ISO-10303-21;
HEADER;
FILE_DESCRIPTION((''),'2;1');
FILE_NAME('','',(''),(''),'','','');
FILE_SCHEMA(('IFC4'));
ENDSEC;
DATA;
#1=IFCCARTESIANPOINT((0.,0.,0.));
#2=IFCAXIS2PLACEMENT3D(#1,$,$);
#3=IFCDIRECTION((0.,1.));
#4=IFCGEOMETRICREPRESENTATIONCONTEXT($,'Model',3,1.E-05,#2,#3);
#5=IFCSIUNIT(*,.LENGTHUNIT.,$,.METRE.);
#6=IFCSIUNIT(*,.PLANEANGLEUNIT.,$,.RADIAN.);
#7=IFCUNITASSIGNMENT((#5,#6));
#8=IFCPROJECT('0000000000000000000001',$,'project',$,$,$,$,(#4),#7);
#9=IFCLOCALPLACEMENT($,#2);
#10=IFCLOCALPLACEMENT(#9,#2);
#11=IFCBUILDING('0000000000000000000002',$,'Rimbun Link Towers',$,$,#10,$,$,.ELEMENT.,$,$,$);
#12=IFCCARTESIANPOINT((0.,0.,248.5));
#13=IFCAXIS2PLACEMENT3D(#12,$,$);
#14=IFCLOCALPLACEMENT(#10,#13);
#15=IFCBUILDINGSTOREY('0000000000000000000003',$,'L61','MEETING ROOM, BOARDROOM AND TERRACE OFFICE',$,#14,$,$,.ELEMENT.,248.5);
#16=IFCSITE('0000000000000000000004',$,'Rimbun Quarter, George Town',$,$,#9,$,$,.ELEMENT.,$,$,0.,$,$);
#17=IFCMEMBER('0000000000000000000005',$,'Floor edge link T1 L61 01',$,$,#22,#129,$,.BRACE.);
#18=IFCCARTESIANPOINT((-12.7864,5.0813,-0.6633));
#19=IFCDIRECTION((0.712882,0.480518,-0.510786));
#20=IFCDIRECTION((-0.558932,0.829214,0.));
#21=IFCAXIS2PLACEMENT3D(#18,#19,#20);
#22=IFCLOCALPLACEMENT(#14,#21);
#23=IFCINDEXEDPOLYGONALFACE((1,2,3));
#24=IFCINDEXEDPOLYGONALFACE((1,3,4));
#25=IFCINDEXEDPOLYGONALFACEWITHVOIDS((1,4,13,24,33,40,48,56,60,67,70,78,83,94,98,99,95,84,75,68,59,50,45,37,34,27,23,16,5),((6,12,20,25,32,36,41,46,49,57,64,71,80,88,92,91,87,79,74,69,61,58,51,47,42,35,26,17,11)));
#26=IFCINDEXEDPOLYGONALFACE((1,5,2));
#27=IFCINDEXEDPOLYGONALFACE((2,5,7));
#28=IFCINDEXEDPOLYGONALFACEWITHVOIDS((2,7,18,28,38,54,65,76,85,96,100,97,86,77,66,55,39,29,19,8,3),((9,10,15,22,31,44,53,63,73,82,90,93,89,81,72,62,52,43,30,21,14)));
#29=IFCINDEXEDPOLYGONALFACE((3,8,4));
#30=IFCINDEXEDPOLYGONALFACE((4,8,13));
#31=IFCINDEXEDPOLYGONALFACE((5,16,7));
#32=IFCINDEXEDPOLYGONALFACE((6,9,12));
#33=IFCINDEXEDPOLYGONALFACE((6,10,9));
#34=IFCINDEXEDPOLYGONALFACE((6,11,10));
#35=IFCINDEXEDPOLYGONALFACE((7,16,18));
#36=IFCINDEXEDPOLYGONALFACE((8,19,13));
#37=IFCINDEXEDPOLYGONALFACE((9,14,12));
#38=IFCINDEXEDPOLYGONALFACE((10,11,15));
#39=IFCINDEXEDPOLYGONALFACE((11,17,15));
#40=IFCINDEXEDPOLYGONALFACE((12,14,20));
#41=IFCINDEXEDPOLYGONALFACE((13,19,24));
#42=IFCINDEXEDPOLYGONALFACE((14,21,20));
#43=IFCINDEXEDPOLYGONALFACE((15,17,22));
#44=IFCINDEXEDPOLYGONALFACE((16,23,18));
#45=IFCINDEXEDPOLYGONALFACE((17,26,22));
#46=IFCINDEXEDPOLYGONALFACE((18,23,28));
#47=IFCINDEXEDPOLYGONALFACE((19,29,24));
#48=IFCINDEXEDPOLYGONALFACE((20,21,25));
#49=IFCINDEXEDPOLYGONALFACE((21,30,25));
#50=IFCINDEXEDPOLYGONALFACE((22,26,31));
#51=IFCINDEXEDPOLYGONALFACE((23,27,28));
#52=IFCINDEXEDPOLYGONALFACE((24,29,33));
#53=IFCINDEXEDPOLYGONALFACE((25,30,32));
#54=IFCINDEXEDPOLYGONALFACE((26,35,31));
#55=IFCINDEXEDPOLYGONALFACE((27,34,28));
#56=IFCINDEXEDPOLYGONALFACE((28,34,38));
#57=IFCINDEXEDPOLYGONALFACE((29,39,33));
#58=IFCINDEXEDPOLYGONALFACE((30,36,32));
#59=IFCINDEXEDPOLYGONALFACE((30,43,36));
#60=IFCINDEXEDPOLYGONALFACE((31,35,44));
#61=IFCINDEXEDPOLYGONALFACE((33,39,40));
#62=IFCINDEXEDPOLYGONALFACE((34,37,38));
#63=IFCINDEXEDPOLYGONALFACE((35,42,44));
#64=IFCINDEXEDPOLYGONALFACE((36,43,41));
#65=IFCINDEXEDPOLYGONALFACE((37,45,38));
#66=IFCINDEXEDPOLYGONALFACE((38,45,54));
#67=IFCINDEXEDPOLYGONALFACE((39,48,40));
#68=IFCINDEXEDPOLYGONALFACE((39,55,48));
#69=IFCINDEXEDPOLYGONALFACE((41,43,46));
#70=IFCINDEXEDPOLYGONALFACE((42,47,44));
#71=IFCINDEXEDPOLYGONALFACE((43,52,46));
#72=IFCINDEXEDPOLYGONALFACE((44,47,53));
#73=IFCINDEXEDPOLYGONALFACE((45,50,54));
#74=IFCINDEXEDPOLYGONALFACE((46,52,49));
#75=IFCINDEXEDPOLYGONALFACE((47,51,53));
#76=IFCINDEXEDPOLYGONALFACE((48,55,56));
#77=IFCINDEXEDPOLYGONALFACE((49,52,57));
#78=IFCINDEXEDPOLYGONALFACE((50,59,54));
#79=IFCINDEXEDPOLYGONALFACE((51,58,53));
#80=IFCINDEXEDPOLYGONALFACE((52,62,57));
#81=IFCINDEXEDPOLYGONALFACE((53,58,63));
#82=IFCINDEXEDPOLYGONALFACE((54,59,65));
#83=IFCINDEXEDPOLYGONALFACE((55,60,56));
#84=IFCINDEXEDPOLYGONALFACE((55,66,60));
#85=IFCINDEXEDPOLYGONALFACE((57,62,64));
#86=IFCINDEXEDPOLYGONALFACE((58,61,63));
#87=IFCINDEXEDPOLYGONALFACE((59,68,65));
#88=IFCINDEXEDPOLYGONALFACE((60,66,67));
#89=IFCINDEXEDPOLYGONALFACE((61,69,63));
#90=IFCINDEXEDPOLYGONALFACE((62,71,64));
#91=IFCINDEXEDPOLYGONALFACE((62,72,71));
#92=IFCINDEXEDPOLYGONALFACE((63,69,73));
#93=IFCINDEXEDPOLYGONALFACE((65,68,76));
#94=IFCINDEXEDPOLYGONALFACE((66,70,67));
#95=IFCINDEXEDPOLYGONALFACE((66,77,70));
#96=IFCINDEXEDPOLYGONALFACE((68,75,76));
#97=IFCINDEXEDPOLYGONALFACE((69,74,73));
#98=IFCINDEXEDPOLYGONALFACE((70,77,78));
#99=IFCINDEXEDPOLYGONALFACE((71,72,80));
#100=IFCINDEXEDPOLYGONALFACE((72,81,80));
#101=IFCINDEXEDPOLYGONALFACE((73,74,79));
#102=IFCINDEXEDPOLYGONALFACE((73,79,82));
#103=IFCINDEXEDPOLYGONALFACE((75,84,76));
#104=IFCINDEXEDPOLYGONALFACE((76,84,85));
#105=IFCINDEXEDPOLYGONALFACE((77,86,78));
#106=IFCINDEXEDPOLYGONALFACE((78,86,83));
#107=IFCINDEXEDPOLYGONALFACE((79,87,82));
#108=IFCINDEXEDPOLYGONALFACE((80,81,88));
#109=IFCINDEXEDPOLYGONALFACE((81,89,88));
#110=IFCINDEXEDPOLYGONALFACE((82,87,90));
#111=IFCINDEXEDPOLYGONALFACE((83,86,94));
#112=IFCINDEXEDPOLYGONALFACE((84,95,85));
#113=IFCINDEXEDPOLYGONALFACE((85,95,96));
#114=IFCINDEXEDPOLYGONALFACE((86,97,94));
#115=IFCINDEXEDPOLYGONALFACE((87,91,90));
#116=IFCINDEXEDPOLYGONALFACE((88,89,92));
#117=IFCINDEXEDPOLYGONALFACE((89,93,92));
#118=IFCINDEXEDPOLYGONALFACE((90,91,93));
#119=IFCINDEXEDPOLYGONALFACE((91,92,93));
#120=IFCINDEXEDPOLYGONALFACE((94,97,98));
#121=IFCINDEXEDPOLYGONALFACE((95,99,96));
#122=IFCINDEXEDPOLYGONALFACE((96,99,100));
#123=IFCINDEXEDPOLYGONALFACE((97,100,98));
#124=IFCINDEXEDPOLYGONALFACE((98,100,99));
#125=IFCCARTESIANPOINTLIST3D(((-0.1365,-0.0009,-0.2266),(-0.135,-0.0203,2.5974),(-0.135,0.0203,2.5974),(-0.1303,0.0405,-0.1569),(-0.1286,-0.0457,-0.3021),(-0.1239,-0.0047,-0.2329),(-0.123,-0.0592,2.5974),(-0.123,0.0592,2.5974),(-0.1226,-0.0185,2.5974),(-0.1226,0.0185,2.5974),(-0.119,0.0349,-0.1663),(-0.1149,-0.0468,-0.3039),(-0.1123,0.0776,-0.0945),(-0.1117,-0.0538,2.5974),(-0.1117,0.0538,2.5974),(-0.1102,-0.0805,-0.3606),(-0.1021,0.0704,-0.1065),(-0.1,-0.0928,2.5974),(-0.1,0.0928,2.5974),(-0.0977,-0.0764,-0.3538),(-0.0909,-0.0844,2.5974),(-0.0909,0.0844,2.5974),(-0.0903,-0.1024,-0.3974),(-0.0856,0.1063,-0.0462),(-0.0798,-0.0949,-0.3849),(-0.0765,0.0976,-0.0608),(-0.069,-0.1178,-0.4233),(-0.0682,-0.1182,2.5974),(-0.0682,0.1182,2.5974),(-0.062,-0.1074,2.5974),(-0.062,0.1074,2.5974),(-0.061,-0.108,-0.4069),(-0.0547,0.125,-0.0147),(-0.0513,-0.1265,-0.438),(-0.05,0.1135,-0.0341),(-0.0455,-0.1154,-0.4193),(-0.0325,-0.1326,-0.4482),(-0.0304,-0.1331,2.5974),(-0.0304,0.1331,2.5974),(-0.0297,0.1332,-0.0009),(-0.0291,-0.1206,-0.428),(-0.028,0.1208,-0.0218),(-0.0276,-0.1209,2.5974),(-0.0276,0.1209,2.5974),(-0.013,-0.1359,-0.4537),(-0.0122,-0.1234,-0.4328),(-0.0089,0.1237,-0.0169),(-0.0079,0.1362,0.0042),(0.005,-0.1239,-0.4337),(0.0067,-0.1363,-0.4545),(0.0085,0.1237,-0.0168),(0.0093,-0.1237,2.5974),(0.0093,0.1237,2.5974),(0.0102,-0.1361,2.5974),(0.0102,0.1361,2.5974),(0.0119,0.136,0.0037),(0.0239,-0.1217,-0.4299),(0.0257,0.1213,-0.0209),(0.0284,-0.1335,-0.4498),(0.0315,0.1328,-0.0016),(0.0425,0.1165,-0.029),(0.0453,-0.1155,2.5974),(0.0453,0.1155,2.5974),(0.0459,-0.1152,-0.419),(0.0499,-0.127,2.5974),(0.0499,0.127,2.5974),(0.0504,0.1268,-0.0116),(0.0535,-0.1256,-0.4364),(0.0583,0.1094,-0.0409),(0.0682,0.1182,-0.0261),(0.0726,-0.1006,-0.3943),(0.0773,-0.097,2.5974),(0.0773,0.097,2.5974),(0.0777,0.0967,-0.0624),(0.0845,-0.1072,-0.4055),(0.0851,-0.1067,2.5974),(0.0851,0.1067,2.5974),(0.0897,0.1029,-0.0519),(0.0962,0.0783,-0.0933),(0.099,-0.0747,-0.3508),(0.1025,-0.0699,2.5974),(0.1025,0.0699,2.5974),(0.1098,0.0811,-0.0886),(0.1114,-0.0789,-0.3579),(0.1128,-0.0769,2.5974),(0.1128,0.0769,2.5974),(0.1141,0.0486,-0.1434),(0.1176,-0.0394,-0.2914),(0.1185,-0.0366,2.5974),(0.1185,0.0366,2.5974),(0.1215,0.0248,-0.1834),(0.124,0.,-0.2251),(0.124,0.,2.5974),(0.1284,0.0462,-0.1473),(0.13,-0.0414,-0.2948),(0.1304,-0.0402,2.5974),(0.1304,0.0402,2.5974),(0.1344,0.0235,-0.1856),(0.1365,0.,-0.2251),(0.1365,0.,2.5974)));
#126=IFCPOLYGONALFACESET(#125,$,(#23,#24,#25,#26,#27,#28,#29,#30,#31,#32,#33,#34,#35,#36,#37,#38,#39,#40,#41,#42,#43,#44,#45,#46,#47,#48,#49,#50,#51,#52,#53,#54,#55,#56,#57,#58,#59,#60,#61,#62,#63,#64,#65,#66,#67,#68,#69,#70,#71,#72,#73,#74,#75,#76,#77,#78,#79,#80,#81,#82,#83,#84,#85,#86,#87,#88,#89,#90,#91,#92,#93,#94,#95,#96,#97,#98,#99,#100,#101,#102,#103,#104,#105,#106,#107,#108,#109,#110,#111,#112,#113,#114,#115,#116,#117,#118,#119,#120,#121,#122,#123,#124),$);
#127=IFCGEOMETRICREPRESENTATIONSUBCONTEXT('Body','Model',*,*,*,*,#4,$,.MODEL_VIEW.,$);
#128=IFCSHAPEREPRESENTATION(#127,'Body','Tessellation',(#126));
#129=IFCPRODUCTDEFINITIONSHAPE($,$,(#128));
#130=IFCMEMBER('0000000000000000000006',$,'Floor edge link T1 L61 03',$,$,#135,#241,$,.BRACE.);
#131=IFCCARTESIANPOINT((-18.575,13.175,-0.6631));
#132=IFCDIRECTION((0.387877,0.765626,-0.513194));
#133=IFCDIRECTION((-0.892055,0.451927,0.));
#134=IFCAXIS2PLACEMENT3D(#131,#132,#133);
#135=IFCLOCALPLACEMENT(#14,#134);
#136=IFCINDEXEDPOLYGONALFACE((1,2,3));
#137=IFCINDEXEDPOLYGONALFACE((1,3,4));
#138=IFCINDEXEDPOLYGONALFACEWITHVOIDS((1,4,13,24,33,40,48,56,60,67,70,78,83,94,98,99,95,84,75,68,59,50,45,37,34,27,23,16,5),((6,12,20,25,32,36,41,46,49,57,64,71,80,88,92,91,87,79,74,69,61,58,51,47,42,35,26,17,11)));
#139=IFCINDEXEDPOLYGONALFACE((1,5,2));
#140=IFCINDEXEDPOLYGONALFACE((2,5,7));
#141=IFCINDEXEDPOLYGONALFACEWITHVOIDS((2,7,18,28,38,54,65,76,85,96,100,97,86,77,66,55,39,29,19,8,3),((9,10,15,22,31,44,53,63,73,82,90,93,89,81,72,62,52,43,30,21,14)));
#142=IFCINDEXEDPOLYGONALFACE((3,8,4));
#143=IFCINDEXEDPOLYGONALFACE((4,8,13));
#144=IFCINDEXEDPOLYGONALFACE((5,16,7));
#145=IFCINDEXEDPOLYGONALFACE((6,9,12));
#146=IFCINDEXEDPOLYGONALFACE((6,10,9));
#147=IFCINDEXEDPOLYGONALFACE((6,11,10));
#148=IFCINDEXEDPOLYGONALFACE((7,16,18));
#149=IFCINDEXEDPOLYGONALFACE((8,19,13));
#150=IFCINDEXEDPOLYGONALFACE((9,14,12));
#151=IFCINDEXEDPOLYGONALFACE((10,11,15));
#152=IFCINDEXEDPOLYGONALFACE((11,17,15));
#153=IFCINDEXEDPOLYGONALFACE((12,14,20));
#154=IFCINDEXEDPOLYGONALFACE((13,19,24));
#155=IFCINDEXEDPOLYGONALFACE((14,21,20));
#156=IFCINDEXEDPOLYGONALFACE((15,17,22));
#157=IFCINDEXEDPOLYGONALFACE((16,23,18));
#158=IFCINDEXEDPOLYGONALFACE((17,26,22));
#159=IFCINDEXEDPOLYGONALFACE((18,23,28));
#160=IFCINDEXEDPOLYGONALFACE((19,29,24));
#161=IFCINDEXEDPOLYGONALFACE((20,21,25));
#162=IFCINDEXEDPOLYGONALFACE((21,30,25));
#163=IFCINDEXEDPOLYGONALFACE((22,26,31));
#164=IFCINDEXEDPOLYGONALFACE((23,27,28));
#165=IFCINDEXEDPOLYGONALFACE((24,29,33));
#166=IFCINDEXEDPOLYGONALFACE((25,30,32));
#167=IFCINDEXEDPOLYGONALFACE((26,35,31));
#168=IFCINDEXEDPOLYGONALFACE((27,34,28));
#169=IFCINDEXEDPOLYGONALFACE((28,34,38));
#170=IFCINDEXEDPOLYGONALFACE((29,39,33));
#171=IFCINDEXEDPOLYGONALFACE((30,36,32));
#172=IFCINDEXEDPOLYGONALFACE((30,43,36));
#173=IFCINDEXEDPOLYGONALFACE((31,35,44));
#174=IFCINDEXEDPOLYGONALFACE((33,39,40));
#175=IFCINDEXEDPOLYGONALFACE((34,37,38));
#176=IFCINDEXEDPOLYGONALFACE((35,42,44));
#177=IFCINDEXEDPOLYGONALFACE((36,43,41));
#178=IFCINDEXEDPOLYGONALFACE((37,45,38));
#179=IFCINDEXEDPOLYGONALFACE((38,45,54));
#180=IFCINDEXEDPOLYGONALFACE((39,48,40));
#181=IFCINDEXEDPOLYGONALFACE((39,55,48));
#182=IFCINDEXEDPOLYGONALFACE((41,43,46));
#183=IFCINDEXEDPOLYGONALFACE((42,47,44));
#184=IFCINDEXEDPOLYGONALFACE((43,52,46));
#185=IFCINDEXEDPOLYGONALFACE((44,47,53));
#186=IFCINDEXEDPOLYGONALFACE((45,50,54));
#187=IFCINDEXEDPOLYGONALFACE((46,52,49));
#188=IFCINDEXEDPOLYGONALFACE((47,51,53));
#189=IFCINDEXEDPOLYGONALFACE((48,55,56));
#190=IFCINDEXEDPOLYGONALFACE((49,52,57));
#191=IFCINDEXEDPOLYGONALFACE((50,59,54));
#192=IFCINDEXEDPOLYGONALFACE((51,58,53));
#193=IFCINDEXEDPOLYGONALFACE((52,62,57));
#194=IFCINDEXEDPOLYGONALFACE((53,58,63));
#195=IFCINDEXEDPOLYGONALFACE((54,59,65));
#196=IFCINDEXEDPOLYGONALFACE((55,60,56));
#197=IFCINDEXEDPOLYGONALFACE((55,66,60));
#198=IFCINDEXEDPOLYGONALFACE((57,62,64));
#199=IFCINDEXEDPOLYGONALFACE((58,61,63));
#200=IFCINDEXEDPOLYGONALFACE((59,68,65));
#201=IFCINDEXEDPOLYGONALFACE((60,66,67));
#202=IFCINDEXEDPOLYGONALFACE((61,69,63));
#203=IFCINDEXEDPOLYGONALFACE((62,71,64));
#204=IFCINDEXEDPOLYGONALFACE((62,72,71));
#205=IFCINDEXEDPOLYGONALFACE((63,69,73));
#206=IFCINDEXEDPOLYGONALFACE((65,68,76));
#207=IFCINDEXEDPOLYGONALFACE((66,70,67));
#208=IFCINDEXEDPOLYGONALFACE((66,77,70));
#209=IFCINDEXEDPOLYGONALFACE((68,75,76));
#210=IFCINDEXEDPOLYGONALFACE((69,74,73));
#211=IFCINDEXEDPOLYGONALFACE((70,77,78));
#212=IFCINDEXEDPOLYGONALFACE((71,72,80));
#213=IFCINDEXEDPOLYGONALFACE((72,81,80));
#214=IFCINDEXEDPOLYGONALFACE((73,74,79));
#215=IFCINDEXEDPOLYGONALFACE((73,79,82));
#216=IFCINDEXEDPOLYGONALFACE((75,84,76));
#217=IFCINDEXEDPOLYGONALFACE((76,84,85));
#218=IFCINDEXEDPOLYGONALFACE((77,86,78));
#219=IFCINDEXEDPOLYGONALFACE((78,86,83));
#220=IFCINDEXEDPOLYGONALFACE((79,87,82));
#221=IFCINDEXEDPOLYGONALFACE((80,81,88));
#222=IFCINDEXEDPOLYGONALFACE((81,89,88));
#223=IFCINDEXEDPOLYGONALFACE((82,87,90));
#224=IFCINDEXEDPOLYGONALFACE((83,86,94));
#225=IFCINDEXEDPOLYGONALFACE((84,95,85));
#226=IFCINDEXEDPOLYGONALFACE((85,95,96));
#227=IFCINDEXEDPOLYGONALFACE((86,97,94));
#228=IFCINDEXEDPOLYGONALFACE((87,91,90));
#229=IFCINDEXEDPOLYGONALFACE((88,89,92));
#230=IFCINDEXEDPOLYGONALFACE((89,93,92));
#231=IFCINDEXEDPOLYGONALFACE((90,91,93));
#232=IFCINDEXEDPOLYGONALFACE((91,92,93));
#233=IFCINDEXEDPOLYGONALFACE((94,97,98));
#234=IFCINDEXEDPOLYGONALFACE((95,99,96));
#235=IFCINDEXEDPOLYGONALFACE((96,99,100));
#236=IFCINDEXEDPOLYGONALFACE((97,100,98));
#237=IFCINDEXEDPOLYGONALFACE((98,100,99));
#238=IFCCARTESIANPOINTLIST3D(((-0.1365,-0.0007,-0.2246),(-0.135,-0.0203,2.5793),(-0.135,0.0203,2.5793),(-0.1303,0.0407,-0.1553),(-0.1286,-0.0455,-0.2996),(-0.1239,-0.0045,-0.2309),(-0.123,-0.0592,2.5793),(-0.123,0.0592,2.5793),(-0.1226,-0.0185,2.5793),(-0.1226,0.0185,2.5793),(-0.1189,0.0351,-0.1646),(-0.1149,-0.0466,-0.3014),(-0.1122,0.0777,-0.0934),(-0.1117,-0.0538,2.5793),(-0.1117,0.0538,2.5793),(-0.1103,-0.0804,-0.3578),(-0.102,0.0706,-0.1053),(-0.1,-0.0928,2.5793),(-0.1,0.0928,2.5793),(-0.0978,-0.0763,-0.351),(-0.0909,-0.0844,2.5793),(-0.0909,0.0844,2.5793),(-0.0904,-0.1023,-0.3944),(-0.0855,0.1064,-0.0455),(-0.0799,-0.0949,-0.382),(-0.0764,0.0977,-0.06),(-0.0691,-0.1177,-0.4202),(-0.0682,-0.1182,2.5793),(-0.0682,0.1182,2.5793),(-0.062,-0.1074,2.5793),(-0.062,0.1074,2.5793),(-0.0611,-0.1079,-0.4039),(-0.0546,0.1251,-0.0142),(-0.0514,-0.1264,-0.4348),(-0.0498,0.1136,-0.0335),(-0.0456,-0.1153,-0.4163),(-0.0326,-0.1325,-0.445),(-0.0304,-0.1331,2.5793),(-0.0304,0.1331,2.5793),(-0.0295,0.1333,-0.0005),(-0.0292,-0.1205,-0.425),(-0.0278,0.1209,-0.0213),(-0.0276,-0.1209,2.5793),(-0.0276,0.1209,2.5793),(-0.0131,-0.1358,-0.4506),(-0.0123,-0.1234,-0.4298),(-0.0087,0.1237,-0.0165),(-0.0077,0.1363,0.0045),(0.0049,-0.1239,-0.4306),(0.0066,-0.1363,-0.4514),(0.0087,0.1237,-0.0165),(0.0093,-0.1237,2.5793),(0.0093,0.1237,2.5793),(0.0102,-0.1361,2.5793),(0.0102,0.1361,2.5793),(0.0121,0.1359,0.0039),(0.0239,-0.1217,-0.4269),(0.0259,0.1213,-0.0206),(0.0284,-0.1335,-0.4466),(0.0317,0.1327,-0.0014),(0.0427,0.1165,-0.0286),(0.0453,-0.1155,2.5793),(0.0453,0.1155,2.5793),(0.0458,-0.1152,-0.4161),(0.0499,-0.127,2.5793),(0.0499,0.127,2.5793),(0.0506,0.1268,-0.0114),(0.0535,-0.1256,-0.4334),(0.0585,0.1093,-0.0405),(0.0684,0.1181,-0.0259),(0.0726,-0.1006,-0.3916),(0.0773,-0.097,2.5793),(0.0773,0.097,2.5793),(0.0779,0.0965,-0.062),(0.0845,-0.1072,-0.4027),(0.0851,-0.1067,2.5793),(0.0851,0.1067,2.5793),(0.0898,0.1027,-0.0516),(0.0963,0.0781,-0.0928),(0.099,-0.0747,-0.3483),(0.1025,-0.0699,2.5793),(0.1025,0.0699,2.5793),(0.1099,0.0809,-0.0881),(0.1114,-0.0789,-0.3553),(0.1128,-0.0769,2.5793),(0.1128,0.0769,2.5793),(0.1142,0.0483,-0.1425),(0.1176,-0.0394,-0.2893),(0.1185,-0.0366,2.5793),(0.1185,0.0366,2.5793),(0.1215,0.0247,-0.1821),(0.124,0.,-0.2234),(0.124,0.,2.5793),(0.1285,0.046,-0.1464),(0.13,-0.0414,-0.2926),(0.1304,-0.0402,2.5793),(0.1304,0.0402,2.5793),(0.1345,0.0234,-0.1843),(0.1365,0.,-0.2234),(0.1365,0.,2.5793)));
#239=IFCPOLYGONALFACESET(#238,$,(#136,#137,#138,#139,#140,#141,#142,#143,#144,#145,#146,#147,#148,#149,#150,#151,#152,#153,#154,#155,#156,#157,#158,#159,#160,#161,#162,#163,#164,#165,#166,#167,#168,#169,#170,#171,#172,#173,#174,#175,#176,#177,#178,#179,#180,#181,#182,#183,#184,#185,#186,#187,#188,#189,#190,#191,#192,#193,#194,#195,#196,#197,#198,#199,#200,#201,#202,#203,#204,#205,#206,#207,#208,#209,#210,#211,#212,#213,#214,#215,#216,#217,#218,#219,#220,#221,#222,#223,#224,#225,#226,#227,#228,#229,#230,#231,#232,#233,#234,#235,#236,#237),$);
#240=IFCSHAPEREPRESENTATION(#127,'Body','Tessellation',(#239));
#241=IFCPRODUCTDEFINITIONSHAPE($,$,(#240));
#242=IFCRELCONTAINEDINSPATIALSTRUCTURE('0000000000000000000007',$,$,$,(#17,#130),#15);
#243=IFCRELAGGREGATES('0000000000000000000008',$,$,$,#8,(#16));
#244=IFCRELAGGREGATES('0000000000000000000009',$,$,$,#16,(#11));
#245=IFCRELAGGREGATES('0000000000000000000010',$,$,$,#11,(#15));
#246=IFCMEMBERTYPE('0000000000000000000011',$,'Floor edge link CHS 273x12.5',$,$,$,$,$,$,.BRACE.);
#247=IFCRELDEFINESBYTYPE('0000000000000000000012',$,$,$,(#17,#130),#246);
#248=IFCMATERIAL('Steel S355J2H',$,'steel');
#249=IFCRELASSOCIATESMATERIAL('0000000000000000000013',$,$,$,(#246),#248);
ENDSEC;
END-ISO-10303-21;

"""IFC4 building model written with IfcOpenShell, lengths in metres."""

from ifc_helpers import new_model, si_unit, direction, frame, origin, origin_2d, place, context, subcontext, project, spatial, hollow_circle, extrude, clip, halfspace, material, material_profile, profile_set, type_object, element, save


model = new_model("IFC4")

# Units and contexts
model_context = context("Model", 3, precision=1e-05, world=origin(), true_north=direction((0.0, 1.0)))
body_context = subcontext(model_context, "Body", "Model", "MODEL_VIEW")
ifc_project = project(units=[si_unit("LENGTHUNIT", "METRE"), si_unit("PLANEANGLEUNIT", "RADIAN")], contexts=[model_context])

# Site, building, storey
site_placement = place(None, origin())
site = spatial("IfcSite", under=ifc_project, at=site_placement, Name="Rimbun Quarter, George Town", CompositionType="ELEMENT", RefElevation=0.0)
building_placement = place(site_placement, origin())
building = spatial("IfcBuilding", under=site, at=building_placement, Name="Rimbun Link Towers", CompositionType="ELEMENT")
storey_placement = place(building_placement, frame((0.0, 0.0, 248.5)))
storey = spatial("IfcBuildingStorey", under=building, at=storey_placement, Name="L61", Description="MEETING ROOM, BOARDROOM AND TERRACE OFFICE", CompositionType="ELEMENT", Elevation=248.5)

# Members
ifc_material_1 = material(Name="Steel S355J2H", Category="steel")
ifc_material_profile_1 = material_profile(ifc_material_1, hollow_circle(Radius=0.1365, WallThickness=0.0125, at=origin_2d()), Name="CHS 273x12.5")
ifc_profile_set_1 = profile_set([ifc_material_profile_1], Name="Steel S355J2H")
member_type_1 = type_object("IfcMemberType", Name="Floor edge link CHS 273x12.5", PredefinedType="BRACE", material=ifc_profile_set_1)
member_1_placement = place(storey_placement, frame((-12.7864, 5.0813, -0.6633), z_axis=(0.712882, 0.480518, -0.510786), x_axis=(-0.558932, 0.829214, 0.0)))
element("IfcMember", 1, at=member_1_placement, inside=storey, type_object=member_type_1, Name="Floor edge link T1 L61 01", PredefinedType="BRACE", context=body_context, shape_type="Clipping", body=[
    clip(extrude(hollow_circle(Radius=0.1365, WallThickness=0.0125, at=origin_2d()), frame((0.0, 0.0, -0.479)), (0.0, 0.0, 1.0), 3.0764), halfspace(frame((0.0, 0.0, -0.2251), z_axis=(0.0, 0.859708, -0.510786)), False)),
])
member_2_placement = place(storey_placement, frame((-18.575, 13.175, -0.6631), z_axis=(0.387877, 0.765626, -0.513194), x_axis=(-0.892055, 0.451927, 0.0)))
element("IfcMember", 2, at=member_2_placement, inside=storey, type_object=member_type_1, Name="Floor edge link T1 L61 03", PredefinedType="BRACE", context=body_context, shape_type="Clipping", body=[
    clip(extrude(hollow_circle(Radius=0.1365, WallThickness=0.0125, at=origin_2d()), frame((0.0, 0.0, -0.4761)), (0.0, 0.0, 1.0), 3.0554), halfspace(frame((0.0, 0.0, -0.2234), z_axis=(0.0, 0.858273, -0.513194)), False)),
])

save(model, "model.ifc")
